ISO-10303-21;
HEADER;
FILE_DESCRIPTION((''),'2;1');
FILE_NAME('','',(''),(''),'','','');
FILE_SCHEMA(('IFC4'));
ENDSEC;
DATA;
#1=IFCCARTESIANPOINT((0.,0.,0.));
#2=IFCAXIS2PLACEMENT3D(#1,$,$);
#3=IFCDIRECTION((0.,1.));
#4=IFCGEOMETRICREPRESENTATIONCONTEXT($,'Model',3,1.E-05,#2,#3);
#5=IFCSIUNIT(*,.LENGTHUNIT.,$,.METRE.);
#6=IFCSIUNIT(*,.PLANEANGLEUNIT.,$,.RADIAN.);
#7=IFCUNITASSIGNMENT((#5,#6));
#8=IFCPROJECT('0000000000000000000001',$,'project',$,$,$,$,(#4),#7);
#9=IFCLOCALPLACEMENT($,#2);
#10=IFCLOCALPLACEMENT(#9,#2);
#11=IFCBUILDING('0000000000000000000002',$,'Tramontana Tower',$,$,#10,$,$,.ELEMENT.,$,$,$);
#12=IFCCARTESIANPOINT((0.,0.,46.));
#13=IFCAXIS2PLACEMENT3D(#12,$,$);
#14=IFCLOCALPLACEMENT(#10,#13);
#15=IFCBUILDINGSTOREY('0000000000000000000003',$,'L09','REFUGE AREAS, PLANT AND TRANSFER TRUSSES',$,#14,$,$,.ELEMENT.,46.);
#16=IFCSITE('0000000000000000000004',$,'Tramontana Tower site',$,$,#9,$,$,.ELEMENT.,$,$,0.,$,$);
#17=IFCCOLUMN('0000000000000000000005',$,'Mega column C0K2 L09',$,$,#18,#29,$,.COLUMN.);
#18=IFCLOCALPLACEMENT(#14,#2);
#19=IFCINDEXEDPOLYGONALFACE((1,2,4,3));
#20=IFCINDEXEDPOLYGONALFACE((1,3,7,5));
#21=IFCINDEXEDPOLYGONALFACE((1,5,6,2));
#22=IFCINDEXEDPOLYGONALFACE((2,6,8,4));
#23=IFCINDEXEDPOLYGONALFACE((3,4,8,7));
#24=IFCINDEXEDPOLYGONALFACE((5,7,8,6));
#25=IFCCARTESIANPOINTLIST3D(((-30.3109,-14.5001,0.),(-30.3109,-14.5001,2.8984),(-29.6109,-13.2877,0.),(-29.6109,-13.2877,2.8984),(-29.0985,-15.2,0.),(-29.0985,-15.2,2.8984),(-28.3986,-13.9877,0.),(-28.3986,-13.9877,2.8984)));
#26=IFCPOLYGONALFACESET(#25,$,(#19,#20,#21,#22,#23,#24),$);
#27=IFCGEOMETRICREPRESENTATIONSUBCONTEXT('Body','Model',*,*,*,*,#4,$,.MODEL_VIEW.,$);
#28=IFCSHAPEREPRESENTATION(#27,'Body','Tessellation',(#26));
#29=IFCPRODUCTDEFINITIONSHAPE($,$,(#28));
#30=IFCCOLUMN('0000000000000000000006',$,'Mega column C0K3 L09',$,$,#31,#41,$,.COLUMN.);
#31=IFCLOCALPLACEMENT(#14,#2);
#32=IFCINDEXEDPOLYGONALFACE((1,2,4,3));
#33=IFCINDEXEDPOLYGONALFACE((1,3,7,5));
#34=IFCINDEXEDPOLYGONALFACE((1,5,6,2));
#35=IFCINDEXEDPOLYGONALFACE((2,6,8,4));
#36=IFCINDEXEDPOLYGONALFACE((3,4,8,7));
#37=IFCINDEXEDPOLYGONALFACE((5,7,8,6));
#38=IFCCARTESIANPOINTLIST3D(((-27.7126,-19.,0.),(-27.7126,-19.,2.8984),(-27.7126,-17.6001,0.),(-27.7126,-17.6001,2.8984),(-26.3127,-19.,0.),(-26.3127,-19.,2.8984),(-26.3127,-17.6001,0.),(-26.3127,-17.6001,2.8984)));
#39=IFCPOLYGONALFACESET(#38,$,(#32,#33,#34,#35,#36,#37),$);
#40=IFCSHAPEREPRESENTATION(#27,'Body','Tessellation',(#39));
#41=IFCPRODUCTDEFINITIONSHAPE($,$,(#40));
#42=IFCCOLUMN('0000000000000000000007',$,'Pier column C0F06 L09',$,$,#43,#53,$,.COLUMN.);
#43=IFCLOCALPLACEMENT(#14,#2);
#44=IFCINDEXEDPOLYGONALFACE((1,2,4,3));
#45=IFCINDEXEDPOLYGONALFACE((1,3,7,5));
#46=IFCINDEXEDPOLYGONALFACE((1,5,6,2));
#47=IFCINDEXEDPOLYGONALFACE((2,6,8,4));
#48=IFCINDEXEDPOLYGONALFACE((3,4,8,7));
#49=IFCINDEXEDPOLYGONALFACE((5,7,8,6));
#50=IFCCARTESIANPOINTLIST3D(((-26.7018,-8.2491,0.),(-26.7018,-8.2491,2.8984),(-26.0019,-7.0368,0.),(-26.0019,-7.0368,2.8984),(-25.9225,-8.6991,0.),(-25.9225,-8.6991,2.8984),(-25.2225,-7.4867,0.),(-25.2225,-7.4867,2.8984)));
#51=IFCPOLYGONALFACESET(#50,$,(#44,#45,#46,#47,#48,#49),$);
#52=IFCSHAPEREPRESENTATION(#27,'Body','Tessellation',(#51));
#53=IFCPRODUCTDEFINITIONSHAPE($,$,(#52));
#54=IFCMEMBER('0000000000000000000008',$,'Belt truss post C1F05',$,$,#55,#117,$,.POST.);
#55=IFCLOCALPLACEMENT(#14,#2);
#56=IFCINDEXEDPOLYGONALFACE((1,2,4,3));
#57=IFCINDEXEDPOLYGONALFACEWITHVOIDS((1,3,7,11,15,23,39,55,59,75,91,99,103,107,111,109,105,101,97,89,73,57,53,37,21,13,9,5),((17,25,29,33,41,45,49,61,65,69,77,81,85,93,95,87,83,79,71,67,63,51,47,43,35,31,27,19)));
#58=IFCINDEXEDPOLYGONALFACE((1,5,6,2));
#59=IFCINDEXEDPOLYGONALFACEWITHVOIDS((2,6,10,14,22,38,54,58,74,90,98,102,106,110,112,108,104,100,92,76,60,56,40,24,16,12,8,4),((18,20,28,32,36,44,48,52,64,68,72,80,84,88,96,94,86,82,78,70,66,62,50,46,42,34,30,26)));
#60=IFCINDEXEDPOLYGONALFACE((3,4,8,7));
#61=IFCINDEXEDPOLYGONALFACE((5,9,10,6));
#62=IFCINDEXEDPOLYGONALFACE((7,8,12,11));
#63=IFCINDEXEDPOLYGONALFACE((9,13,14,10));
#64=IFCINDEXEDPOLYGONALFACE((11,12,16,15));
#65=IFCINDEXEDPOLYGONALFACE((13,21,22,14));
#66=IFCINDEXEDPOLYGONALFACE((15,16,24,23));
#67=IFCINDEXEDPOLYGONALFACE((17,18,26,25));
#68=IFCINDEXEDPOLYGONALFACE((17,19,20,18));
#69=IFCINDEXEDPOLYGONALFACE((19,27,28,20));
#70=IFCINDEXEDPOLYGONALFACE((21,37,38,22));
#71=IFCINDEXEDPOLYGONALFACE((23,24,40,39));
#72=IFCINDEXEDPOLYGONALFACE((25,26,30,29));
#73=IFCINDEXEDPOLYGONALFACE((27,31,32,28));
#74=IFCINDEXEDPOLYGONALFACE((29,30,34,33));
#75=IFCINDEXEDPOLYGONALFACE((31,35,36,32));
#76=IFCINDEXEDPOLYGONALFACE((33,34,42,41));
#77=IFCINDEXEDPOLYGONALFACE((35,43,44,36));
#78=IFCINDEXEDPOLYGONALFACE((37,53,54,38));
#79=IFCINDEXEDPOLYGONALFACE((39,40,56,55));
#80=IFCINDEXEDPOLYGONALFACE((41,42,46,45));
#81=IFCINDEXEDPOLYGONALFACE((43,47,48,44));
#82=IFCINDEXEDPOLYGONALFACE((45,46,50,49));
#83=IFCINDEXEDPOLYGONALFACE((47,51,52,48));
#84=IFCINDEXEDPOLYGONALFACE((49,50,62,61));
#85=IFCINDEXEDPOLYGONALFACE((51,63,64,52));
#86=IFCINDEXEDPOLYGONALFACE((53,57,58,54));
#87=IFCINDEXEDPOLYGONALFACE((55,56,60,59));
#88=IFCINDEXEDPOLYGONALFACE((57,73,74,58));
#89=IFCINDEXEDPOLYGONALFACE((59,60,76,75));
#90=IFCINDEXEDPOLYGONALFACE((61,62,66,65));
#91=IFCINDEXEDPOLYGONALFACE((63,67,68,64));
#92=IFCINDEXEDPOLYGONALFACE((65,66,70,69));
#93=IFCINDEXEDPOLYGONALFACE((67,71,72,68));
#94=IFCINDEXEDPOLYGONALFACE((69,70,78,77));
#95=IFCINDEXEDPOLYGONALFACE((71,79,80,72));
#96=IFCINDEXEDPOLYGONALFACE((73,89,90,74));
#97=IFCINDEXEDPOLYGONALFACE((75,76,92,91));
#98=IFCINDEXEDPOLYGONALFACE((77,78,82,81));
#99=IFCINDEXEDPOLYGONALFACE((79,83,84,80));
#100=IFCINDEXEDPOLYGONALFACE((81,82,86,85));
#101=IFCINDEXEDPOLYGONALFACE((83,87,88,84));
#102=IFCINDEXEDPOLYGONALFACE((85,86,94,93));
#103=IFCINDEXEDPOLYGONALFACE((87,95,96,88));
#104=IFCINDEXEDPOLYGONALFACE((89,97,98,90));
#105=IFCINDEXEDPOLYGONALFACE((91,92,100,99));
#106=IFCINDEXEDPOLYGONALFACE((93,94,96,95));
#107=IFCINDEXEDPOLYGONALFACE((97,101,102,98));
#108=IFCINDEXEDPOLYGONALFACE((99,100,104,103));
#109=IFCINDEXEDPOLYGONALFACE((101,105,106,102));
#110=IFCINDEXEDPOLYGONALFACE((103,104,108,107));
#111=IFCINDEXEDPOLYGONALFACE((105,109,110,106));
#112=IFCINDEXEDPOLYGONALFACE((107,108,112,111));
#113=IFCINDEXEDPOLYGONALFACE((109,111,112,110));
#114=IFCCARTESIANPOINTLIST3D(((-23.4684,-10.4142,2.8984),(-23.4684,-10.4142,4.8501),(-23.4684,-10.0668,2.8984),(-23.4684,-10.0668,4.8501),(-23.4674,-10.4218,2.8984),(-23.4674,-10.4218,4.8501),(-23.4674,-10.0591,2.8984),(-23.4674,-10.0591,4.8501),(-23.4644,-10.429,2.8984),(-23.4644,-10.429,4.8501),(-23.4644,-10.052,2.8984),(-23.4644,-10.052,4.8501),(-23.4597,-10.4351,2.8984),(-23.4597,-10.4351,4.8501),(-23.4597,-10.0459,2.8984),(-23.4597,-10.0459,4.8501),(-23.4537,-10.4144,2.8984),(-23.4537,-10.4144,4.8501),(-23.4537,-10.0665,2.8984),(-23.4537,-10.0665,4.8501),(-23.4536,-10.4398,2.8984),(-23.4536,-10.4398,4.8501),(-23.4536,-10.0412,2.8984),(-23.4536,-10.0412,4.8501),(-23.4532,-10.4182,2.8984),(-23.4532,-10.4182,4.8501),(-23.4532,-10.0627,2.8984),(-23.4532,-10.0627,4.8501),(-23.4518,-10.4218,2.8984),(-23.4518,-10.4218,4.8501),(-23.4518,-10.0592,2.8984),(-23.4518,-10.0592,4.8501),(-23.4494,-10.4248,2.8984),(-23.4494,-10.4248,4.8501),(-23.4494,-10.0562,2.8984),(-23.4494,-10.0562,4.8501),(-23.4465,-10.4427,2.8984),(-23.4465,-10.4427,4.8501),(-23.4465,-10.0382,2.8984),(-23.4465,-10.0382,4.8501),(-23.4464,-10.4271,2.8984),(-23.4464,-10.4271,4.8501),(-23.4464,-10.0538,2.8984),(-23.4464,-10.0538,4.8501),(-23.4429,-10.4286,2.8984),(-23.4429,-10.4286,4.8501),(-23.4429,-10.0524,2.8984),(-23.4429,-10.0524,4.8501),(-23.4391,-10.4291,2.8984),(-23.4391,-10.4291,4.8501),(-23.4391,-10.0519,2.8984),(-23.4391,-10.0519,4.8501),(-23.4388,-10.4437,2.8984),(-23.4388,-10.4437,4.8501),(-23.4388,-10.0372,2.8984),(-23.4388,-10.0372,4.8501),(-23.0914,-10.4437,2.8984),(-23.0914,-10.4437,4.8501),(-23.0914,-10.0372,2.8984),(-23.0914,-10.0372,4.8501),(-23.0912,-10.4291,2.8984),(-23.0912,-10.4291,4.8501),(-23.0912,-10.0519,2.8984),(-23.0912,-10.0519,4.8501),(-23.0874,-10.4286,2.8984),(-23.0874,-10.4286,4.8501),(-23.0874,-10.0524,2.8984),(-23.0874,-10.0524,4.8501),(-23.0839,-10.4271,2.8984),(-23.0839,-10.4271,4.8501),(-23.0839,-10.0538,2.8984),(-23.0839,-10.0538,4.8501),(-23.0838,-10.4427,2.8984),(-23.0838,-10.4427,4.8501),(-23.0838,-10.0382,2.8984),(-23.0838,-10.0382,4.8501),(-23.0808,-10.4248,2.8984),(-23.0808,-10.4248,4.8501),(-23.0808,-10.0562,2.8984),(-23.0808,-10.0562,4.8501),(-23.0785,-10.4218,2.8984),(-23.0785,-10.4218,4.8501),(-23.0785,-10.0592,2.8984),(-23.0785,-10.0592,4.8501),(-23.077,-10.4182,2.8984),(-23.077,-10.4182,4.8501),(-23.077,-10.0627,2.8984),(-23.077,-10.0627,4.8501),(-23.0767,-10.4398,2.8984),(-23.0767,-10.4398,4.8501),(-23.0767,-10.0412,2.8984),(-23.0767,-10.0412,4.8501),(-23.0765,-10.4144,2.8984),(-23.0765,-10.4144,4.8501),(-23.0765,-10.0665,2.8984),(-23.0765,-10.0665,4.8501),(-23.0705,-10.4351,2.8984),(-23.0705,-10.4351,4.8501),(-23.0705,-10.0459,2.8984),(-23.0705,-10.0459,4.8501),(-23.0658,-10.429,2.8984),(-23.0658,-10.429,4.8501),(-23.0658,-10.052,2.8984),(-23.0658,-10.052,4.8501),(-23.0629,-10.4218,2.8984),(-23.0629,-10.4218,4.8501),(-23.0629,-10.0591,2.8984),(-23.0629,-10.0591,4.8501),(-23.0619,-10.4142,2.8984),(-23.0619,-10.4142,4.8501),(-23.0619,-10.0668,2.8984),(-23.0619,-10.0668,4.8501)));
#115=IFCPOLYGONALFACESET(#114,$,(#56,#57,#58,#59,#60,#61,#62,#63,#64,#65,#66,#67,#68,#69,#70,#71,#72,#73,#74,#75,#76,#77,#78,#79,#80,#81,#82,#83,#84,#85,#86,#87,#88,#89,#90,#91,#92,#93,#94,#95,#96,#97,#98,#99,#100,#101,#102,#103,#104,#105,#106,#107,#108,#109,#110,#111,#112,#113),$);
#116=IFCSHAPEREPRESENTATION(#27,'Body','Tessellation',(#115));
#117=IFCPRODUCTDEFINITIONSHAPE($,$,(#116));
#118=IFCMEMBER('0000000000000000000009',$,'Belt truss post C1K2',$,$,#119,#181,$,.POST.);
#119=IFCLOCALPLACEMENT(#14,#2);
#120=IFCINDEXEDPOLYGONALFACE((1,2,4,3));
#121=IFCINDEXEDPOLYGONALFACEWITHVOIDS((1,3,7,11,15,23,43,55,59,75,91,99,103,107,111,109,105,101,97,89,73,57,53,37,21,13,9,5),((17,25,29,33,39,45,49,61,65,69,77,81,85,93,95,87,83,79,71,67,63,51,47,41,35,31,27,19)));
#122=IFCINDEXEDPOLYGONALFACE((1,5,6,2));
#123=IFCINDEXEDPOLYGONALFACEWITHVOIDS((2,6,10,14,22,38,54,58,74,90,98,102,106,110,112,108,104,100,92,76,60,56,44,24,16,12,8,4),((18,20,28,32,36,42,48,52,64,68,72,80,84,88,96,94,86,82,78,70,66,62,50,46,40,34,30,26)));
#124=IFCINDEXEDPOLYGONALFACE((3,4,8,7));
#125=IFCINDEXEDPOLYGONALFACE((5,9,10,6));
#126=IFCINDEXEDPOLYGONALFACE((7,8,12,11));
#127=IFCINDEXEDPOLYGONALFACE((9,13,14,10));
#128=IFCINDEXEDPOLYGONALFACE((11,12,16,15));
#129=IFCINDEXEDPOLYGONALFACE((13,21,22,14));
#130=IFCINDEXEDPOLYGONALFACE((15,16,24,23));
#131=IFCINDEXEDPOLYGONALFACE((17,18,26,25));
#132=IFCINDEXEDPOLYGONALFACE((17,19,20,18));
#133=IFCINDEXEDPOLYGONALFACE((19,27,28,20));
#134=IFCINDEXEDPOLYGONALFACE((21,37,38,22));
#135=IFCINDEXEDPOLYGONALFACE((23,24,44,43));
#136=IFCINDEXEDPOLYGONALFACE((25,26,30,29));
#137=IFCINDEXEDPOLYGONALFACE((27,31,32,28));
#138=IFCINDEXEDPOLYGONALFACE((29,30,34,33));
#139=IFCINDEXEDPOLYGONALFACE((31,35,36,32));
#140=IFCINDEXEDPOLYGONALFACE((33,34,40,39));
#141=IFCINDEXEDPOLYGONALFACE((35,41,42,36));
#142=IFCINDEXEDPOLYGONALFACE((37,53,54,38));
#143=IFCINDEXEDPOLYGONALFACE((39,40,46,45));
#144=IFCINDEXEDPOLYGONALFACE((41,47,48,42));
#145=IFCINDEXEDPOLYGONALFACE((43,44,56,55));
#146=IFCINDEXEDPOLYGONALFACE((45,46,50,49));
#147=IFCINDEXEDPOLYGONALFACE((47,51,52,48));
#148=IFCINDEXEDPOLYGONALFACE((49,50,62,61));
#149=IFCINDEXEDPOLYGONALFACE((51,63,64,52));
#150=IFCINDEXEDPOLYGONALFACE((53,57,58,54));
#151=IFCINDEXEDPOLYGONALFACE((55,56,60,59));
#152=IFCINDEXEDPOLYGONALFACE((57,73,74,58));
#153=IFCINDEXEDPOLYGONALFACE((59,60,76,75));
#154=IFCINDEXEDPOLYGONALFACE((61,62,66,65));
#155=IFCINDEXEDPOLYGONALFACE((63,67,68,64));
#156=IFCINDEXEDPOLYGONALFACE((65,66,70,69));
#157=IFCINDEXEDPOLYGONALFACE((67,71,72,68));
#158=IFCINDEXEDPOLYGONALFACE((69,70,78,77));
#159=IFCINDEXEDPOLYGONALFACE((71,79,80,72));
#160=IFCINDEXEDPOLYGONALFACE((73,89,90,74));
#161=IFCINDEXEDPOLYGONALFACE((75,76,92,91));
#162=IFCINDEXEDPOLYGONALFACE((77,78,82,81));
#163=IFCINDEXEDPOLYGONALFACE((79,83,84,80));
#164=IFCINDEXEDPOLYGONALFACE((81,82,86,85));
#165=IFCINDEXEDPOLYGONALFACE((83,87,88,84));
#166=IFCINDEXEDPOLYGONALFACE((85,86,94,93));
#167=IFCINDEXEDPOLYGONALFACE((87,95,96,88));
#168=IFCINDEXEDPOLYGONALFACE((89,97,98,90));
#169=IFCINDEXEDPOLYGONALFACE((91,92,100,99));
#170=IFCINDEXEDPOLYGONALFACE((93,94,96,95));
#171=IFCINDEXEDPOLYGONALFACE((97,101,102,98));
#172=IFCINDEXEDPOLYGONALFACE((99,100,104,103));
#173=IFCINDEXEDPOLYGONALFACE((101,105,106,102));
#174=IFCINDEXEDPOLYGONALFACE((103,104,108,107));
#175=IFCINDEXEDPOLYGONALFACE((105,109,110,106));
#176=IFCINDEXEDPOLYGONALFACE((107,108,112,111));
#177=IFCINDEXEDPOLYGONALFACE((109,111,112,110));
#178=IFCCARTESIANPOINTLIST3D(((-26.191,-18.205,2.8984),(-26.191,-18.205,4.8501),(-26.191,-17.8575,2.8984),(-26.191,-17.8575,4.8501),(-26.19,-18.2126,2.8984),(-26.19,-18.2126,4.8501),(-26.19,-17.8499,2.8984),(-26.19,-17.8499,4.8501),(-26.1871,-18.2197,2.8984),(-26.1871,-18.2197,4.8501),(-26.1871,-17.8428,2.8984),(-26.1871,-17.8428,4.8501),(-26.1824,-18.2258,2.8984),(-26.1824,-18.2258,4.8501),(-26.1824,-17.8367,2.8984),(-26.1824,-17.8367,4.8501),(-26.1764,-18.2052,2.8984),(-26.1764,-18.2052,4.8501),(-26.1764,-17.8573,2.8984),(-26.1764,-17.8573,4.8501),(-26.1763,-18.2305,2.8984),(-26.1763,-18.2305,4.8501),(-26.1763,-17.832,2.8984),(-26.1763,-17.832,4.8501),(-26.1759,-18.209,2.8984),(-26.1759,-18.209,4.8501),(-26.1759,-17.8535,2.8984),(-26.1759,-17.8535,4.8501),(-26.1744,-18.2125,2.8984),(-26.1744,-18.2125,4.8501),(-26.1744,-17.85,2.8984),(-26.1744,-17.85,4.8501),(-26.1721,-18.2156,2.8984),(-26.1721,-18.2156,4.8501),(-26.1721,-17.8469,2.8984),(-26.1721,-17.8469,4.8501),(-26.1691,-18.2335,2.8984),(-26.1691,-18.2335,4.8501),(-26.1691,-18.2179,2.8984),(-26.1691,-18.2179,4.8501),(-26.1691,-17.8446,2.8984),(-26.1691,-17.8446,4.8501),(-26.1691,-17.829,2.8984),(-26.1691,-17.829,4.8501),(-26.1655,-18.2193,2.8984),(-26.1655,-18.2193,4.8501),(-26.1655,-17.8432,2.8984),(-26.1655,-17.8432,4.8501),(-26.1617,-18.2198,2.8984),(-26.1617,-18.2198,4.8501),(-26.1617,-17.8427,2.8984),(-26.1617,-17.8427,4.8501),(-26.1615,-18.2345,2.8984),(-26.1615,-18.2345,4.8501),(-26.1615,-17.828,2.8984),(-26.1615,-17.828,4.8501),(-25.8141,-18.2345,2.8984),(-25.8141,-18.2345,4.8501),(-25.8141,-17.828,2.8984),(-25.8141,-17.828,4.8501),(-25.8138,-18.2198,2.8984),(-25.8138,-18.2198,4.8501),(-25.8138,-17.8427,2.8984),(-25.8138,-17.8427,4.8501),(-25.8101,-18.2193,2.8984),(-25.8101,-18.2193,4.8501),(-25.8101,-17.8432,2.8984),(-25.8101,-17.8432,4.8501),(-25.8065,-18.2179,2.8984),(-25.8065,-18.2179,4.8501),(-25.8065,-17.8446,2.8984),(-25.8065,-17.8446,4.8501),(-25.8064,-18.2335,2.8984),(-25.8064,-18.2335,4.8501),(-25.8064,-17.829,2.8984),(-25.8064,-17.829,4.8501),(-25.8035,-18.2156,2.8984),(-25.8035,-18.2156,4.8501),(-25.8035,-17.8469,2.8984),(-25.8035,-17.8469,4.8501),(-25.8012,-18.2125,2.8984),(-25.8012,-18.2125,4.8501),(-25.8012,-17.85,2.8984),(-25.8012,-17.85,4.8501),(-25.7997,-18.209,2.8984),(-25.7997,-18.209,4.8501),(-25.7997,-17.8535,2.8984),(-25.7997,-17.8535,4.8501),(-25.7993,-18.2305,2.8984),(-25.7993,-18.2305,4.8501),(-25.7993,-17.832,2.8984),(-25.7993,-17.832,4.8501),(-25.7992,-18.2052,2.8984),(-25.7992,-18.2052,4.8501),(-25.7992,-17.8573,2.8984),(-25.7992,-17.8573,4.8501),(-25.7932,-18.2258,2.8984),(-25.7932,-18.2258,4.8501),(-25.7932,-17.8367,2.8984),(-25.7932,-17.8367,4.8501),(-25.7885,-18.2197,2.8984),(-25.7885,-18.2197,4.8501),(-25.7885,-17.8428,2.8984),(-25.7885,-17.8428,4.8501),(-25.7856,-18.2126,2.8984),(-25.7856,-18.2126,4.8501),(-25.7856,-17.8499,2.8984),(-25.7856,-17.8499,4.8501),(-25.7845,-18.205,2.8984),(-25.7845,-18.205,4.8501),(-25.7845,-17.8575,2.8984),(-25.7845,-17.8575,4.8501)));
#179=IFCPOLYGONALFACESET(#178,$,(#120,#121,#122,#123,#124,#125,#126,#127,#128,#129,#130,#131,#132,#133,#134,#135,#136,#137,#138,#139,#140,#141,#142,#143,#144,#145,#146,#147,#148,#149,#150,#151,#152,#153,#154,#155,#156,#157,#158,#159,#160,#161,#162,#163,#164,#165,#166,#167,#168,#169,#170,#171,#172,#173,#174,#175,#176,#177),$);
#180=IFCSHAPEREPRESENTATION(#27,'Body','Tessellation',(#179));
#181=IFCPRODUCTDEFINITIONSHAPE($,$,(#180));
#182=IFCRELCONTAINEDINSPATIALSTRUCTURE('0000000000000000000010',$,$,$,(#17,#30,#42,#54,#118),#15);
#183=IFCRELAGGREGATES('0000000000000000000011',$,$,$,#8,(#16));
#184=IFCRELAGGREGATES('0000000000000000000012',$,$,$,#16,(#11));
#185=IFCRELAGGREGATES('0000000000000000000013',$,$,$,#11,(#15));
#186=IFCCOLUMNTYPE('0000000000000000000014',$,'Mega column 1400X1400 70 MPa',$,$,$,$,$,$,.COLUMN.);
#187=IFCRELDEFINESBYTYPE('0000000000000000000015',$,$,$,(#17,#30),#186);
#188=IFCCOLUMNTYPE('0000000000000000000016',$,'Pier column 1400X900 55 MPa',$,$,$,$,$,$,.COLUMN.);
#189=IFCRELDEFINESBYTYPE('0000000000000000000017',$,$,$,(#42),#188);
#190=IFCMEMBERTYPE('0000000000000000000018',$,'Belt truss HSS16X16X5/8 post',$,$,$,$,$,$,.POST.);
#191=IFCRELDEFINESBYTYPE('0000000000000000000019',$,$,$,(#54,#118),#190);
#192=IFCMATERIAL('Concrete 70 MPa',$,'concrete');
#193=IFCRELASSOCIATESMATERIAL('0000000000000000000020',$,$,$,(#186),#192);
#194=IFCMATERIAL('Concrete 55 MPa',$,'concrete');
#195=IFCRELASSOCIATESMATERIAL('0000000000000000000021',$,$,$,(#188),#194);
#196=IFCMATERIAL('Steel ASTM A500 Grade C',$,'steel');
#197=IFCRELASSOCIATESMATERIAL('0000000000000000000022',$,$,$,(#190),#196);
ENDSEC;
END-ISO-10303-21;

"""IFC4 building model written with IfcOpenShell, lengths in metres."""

from ifc_helpers import new_model, si_unit, direction, frame, origin, origin_2d, place, context, subcontext, project, spatial, rectangle, hollow_rectangle, extrude, material, material_profile, profile_set, type_object, element, save


model = new_model("IFC4")

# Units and contexts
model_context = context("Model", 3, precision=1e-05, world=origin(), true_north=direction((0.0, 1.0)))
body_context = subcontext(model_context, "Body", "Model", "MODEL_VIEW")
ifc_project = project(units=[si_unit("LENGTHUNIT", "METRE"), si_unit("PLANEANGLEUNIT", "RADIAN")], contexts=[model_context])

# Site, building, storey
site_placement = place(None, origin())
site = spatial("IfcSite", under=ifc_project, at=site_placement, Name="Tramontana Tower site", CompositionType="ELEMENT", RefElevation=0.0)
building_placement = place(site_placement, origin())
building = spatial("IfcBuilding", under=site, at=building_placement, Name="Tramontana Tower", CompositionType="ELEMENT")
storey_placement = place(building_placement, frame((0.0, 0.0, 46.0)))
storey = spatial("IfcBuildingStorey", under=building, at=storey_placement, Name="L09", Description="REFUGE AREAS, PLANT AND TRANSFER TRUSSES", CompositionType="ELEMENT", Elevation=46.0)

# Columns
ifc_material_1 = material(Name="Concrete 70 MPa", Category="concrete")
ifc_material_profile_1 = material_profile(ifc_material_1, rectangle(XDim=1.3999, YDim=1.3999, at=origin_2d()), Name="Mega column 1400X1400 70 MPa")
ifc_profile_set_1 = profile_set([ifc_material_profile_1], Name="Concrete 70 MPa")
column_type_1 = type_object("IfcColumnType", Name="Mega column 1400X1400 70 MPa", PredefinedType="COLUMN", material=ifc_profile_set_1)
for number, where, z_axis, x_axis, name in (
    (1, (-29.3547, -14.2439, 0.0), (0.0, 0.0, 1.0), (-0.5, -0.866025, 0.0), "Mega column C0K2 L09"),
    (2, (-27.0127, -18.3, 0.0), (0.0, 0.0, 1.0), (1.0, 0.0, 0.0), "Mega column C0K3 L09"),
):
    element("IfcColumn", number, at=place(storey_placement, frame(where, z_axis=z_axis, x_axis=x_axis)), inside=storey, type_object=column_type_1, Name=name, PredefinedType="COLUMN", context=body_context, shape_type="SweptSolid", body=[
        extrude(rectangle(XDim=1.3999, YDim=1.3999, at=origin_2d()), origin(), (0.0, 0.0, 1.0), 2.8984),
    ])
ifc_material_2 = material(Name="Concrete 55 MPa", Category="concrete")
ifc_material_profile_2 = material_profile(ifc_material_2, rectangle(XDim=1.3999, YDim=0.8999, at=origin_2d()), Name="Pier column 1400X900 55 MPa")
ifc_profile_set_2 = profile_set([ifc_material_profile_2], Name="Concrete 55 MPa")
column_type_2 = type_object("IfcColumnType", Name="Pier column 1400X900 55 MPa", PredefinedType="COLUMN", material=ifc_profile_set_2)
column_placement = place(storey_placement, frame((-25.9622, -7.8679, 0.0), z_axis=(0.0, 0.0, 1.0), x_axis=(-0.5, -0.866025, 0.0)))
element("IfcColumn", 3, at=column_placement, inside=storey, type_object=column_type_2, Name="Pier column C0F06 L09", PredefinedType="COLUMN", context=body_context, shape_type="SweptSolid", body=[
    extrude(rectangle(XDim=1.3999, YDim=0.8999, at=origin_2d()), origin(), (0.0, 0.0, 1.0), 2.8984),
])

# Members
ifc_material_3 = material(Name="Steel ASTM A500 Grade C", Category="steel")
ifc_material_profile_3 = material_profile(ifc_material_3, hollow_rectangle(XDim=0.4065, YDim=0.4065, WallThickness=0.0146, InnerFilletRadius=0.0146, OuterFilletRadius=0.0295, at=origin_2d()), Name="HSS16X16X5/8")
ifc_profile_set_3 = profile_set([ifc_material_profile_3], Name="Steel ASTM A500 Grade C")
member_type_1 = type_object("IfcMemberType", Name="Belt truss HSS16X16X5/8 post", PredefinedType="POST", material=ifc_profile_set_3)
for number, where, z_axis, x_axis, name in (
    (4, (-23.2651, -10.2405, 2.8984), (0.0, 0.0, 1.0), (1.0, 0.0, 0.0), "Belt truss post C1F05"),
    (5, (-25.9878, -18.0312, 2.8984), (0.0, 0.0, 1.0), (1.0, 0.0, 0.0), "Belt truss post C1K2"),
):
    element("IfcMember", number, at=place(storey_placement, frame(where, z_axis=z_axis, x_axis=x_axis)), inside=storey, type_object=member_type_1, Name=name, PredefinedType="POST", context=body_context, shape_type="SweptSolid", body=[
        extrude(hollow_rectangle(XDim=0.4065, YDim=0.4065, WallThickness=0.0146, InnerFilletRadius=0.0146, OuterFilletRadius=0.0295, at=origin_2d()), origin(), (0.0, 0.0, 1.0), 1.9517),
    ])

save(model, "model.ifc")
